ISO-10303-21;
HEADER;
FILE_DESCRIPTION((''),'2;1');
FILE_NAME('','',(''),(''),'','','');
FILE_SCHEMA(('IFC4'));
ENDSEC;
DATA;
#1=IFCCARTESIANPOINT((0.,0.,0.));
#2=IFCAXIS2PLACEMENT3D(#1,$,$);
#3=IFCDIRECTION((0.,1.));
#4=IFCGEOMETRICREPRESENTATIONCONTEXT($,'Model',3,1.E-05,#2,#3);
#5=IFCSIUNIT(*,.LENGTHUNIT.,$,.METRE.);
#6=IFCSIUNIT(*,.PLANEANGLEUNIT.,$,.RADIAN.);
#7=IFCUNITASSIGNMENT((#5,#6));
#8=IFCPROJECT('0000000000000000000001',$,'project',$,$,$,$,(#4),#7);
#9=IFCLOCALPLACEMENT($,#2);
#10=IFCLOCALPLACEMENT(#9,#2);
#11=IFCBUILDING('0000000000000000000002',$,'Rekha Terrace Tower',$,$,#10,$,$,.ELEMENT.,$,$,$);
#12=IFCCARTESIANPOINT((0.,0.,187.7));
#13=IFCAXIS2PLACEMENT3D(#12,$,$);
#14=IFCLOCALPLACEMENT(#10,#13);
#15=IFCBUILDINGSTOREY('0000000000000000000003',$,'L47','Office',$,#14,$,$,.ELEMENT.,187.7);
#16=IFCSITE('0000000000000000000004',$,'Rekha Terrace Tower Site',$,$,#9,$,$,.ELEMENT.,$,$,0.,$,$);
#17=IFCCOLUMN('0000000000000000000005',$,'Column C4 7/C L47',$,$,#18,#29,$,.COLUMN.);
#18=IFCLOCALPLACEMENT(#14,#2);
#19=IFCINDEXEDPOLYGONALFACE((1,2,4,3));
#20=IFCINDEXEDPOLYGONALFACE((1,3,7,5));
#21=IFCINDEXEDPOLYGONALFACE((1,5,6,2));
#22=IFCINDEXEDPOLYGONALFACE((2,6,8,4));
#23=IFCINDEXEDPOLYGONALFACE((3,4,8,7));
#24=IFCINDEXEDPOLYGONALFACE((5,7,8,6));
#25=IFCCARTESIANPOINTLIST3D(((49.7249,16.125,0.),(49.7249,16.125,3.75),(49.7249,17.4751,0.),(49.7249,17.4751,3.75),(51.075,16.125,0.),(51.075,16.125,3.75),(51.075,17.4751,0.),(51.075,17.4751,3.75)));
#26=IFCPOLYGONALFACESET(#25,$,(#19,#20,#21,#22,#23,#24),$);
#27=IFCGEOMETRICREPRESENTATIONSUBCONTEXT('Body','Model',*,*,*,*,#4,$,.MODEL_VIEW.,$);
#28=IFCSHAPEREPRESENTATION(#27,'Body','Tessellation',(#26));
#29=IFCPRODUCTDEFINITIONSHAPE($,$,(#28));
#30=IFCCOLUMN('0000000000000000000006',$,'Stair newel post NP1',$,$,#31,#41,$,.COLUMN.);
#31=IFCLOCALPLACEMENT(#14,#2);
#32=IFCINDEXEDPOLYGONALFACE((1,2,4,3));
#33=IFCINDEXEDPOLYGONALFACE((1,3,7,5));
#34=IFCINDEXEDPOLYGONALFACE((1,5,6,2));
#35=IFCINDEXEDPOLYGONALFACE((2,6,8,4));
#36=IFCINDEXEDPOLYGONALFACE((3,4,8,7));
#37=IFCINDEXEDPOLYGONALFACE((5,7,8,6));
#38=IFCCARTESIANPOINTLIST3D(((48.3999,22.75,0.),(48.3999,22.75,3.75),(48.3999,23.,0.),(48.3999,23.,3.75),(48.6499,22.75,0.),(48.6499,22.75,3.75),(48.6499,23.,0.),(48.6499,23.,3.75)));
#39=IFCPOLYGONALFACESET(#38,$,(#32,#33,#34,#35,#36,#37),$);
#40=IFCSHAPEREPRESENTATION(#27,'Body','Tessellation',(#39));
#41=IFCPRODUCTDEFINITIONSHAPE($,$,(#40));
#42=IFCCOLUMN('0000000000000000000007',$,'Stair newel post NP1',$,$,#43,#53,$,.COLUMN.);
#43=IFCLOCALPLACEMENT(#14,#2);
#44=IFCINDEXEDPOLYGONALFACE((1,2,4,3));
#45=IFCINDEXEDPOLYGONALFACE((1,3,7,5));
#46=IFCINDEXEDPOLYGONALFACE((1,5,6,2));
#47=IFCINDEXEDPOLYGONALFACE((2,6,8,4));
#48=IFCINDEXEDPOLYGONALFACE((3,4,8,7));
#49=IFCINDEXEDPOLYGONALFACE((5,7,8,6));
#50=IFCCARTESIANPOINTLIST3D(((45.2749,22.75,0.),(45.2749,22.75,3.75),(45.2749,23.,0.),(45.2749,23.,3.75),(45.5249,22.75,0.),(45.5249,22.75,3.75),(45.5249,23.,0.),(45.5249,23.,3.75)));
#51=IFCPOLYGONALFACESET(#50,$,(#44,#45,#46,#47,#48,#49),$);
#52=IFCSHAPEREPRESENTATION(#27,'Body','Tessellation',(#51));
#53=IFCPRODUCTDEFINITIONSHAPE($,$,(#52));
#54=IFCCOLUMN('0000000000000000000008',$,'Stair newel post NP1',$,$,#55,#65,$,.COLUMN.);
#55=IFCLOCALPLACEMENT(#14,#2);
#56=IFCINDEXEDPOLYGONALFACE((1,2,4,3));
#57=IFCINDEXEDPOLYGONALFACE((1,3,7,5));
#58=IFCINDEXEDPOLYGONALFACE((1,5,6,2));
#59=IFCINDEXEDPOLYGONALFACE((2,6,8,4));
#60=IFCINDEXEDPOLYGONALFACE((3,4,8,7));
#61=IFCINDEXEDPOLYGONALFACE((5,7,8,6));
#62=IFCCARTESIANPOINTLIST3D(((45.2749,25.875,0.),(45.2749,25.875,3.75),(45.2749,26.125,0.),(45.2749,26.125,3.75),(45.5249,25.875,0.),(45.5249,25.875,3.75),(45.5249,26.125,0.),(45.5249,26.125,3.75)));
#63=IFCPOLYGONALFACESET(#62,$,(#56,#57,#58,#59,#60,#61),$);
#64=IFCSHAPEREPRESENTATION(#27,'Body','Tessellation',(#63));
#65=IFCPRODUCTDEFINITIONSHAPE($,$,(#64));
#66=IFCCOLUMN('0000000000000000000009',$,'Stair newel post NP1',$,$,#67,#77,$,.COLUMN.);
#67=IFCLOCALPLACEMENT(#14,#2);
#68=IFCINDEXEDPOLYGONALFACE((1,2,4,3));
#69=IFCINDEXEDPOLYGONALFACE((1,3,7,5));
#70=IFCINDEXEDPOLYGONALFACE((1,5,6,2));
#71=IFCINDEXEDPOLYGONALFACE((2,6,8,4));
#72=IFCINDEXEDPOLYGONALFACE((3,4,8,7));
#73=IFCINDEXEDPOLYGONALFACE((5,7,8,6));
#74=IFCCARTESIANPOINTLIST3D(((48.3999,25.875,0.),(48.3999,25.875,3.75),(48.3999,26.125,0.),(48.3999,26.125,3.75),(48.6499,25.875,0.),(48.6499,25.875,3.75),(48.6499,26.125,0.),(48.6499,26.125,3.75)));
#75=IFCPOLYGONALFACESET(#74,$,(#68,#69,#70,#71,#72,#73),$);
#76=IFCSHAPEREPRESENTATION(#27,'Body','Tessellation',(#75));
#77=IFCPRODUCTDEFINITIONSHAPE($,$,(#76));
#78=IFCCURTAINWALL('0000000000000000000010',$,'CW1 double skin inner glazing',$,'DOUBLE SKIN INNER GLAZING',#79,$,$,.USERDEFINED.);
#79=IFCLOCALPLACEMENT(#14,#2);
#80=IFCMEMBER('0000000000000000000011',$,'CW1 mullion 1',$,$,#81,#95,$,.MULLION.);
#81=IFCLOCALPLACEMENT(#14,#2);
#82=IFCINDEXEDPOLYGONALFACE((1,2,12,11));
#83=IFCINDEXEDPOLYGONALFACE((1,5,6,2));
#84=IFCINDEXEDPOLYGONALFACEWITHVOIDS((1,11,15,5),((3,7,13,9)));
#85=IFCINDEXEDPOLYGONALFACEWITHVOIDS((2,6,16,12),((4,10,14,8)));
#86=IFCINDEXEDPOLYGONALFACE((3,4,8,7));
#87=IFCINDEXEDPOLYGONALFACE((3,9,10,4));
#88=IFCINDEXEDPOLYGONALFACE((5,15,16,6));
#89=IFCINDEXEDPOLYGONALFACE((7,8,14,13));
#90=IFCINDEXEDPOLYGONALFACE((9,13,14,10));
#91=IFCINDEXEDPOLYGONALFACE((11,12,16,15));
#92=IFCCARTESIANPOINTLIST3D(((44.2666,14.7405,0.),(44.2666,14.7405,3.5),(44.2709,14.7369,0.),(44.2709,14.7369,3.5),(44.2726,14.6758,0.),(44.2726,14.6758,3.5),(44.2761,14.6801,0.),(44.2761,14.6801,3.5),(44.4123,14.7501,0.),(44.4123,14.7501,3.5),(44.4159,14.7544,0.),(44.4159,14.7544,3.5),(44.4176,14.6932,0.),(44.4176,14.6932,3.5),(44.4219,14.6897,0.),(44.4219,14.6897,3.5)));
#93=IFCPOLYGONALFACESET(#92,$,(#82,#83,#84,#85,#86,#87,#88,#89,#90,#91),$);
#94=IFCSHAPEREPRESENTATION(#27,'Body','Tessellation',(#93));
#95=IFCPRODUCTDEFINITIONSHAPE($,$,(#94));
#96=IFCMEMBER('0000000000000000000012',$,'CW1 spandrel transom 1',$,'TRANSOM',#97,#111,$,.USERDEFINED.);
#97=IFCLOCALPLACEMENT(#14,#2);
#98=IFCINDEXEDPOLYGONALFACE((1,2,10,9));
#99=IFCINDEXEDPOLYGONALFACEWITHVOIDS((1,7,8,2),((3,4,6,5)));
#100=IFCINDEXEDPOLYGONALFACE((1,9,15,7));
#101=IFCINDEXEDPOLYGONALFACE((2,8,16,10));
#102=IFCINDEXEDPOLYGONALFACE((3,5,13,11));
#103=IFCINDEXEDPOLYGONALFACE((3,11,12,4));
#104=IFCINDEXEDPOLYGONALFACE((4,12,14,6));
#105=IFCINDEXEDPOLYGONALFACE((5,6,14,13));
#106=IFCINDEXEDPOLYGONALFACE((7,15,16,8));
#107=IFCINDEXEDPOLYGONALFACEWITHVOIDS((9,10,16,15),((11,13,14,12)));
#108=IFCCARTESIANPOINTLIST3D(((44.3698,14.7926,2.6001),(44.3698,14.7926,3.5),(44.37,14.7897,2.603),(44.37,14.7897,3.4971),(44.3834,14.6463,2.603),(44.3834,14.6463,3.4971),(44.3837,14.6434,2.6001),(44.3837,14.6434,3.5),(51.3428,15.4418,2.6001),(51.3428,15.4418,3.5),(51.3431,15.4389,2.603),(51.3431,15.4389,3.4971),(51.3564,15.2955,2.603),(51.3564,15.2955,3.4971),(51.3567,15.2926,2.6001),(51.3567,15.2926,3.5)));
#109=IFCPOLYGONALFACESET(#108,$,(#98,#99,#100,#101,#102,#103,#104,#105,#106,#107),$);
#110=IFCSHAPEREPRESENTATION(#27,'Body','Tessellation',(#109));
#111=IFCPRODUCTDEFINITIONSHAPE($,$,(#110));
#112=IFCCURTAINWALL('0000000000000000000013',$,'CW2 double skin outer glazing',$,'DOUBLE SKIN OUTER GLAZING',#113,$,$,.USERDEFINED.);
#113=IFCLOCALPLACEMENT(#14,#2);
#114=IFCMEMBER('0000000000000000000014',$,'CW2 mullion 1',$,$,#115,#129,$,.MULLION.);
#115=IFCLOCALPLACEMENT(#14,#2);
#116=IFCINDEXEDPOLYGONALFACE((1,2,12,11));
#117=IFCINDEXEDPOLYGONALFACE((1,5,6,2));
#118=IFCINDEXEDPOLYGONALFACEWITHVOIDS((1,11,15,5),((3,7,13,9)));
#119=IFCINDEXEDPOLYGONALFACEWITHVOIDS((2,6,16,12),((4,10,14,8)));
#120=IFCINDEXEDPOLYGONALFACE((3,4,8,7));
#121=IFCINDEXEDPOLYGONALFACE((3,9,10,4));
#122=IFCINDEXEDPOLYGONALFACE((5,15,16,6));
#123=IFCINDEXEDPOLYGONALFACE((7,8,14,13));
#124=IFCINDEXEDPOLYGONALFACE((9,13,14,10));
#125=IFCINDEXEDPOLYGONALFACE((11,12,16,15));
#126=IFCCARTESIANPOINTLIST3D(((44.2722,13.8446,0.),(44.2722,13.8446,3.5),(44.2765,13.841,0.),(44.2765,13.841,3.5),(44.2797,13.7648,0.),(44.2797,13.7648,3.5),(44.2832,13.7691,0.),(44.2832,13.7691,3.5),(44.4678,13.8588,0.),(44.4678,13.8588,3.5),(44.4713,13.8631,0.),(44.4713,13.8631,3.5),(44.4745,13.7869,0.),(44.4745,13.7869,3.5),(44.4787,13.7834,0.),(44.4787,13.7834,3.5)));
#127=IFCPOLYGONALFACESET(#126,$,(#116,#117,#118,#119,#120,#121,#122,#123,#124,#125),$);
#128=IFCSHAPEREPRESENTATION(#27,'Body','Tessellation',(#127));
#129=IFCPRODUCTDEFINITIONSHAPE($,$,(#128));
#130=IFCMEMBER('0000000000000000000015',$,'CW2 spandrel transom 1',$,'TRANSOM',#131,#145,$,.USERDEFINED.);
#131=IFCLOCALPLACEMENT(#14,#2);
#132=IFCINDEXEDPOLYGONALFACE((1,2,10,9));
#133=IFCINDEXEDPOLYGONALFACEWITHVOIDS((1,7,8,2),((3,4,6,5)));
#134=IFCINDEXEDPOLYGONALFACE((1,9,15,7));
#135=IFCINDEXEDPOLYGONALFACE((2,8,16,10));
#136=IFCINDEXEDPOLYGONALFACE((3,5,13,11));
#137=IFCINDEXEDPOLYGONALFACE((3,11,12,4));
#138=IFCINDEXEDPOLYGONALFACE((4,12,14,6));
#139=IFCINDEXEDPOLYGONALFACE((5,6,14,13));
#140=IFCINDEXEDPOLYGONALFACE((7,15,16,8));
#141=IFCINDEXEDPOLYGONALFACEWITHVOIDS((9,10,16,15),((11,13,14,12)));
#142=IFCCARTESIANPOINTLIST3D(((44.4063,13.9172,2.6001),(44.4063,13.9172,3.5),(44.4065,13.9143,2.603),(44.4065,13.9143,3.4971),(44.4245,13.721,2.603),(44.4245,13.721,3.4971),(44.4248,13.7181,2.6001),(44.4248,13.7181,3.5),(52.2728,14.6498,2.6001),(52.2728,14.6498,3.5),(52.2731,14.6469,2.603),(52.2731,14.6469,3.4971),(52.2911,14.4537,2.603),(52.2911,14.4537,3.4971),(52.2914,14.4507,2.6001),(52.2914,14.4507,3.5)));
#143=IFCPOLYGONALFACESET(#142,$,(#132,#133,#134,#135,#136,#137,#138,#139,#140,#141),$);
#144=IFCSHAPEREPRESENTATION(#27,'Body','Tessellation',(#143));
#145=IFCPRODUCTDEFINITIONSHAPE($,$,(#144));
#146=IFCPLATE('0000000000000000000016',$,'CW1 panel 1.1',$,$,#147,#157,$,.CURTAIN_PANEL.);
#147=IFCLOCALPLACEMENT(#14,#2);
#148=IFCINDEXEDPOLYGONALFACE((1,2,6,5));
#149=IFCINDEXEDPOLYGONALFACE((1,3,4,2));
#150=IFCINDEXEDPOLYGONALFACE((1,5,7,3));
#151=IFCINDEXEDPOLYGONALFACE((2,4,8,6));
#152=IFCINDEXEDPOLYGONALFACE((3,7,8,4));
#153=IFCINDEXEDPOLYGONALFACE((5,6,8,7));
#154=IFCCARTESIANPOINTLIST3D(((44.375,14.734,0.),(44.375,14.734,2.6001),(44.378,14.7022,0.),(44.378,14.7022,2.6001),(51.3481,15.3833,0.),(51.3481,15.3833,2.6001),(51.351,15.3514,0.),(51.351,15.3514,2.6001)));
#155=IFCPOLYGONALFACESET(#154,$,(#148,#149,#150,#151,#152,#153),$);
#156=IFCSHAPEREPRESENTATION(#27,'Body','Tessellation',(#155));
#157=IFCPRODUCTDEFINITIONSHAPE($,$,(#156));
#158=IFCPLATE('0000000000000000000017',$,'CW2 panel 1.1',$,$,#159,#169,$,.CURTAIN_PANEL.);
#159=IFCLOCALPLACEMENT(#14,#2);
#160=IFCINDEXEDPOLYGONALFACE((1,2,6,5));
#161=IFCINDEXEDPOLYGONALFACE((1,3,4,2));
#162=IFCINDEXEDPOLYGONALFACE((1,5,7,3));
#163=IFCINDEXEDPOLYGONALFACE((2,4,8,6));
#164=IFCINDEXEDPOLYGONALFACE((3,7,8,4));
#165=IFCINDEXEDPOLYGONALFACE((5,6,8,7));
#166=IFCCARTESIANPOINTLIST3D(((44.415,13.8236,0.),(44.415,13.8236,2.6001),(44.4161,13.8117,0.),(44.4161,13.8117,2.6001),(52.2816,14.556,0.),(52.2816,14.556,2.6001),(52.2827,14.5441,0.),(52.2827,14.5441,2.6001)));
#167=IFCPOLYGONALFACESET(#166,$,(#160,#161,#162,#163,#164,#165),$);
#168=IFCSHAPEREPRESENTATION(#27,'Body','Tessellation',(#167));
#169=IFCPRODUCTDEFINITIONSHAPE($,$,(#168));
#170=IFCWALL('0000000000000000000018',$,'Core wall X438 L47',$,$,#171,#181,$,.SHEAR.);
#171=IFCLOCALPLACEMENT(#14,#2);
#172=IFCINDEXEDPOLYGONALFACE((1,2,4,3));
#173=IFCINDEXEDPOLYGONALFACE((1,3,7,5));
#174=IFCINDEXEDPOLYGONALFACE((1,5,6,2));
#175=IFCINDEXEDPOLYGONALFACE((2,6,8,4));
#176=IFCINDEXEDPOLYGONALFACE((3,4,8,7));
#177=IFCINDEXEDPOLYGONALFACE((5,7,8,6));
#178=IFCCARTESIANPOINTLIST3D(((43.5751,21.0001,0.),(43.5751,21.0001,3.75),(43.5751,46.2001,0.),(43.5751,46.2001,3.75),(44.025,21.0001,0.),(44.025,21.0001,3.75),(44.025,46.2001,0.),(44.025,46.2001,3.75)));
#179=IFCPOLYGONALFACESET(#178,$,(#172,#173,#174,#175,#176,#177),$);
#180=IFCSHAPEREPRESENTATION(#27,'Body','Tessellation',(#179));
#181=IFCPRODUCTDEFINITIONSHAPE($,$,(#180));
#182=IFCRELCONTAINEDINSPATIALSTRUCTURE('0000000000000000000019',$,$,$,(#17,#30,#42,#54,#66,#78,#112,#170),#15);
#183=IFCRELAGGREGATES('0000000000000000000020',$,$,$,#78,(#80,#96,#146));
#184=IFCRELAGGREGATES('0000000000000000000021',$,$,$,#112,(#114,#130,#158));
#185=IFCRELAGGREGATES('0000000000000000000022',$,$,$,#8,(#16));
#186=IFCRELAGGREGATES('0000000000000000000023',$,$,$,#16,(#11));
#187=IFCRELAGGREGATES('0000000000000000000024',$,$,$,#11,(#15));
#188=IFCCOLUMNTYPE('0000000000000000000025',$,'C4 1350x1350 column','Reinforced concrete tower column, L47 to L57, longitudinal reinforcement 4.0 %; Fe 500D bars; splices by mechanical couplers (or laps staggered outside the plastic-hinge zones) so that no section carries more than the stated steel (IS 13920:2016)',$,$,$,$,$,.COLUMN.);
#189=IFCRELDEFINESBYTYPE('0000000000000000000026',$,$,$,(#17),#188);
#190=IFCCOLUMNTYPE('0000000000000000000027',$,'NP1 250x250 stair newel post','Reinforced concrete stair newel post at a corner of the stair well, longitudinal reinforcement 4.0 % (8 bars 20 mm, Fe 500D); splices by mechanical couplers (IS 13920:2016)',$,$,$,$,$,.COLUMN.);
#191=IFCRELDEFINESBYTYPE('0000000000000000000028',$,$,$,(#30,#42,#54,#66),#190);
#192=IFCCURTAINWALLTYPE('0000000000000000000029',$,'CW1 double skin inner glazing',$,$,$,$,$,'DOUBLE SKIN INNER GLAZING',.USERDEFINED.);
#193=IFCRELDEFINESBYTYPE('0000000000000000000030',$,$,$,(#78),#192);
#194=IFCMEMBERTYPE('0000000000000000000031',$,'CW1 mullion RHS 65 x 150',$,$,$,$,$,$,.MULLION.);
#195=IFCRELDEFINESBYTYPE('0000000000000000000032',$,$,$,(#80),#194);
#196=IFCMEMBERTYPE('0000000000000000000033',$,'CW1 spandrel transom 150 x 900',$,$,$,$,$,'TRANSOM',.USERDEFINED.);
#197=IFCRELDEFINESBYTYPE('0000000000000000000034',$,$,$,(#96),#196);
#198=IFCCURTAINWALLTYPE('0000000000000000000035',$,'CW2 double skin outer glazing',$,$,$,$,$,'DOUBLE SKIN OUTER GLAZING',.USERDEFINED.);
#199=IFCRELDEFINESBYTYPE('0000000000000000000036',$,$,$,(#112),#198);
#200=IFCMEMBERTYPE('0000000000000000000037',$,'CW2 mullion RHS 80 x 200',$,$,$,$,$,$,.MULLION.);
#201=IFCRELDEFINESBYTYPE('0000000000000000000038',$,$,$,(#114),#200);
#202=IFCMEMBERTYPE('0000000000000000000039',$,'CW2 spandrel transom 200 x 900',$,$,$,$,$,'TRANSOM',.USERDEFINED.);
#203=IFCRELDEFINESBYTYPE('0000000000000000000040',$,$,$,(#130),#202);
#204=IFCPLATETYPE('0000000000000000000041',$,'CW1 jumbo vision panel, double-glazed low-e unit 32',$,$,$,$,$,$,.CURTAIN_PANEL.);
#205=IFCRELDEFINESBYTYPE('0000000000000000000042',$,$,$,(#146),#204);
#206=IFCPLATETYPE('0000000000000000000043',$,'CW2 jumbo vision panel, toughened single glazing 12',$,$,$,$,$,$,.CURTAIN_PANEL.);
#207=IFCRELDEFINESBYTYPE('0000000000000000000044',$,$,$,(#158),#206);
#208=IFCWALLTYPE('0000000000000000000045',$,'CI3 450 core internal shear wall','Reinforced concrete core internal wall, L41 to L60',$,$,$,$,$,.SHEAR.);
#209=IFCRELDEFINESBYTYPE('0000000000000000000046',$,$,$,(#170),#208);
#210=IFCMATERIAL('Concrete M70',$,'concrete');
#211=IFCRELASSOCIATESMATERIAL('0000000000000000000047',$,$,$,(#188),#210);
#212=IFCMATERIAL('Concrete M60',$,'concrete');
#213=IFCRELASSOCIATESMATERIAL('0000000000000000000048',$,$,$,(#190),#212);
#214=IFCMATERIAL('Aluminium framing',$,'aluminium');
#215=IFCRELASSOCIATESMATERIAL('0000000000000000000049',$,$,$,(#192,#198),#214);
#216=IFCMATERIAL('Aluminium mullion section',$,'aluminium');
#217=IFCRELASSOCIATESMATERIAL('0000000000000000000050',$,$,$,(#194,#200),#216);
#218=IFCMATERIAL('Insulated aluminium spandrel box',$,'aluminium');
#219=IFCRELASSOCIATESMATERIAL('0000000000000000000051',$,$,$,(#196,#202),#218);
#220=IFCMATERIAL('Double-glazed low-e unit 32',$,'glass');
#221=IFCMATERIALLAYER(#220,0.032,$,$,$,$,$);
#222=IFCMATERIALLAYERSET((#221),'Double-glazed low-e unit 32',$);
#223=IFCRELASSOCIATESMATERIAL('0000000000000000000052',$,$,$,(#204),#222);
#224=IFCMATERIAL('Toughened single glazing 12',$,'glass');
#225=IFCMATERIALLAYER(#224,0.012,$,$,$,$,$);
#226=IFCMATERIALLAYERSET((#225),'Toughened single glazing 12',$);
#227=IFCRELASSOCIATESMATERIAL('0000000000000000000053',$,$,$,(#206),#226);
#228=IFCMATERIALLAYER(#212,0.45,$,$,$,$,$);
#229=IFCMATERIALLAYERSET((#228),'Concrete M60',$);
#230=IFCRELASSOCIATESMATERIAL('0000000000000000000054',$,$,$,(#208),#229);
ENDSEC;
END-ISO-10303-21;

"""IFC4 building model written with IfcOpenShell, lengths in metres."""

from ifc_helpers import new_model, si_unit, direction, frame, frame_2d, origin, origin_2d, place, context, subcontext, project, spatial, rectangle, hollow_rectangle, extrude, material, layer, layer_set, material_profile, profile_set, type_object, element, aggregate, save


model = new_model("IFC4")

# Units and contexts
model_context = context("Model", 3, precision=1e-05, world=origin(), true_north=direction((0.0, 1.0)))
body_context = subcontext(model_context, "Body", "Model", "MODEL_VIEW")
ifc_project = project(units=[si_unit("LENGTHUNIT", "METRE"), si_unit("PLANEANGLEUNIT", "RADIAN")], contexts=[model_context])

# Site, building, storey
site_placement = place(None, origin())
site = spatial("IfcSite", under=ifc_project, at=site_placement, Name="Rekha Terrace Tower Site", CompositionType="ELEMENT", RefElevation=0.0)
building_placement = place(site_placement, origin())
building = spatial("IfcBuilding", under=site, at=building_placement, Name="Rekha Terrace Tower", CompositionType="ELEMENT")
storey_placement = place(building_placement, frame((0.0, 0.0, 187.7)))
storey = spatial("IfcBuildingStorey", under=building, at=storey_placement, Name="L47", Description="Office", CompositionType="ELEMENT", Elevation=187.7)

# Columns
ifc_material_1 = material(Name="Concrete M70", Category="concrete")
ifc_material_profile_1 = material_profile(ifc_material_1, rectangle(XDim=1.3501, YDim=1.3501, at=origin_2d()), Name="RC 1350x1350")
ifc_profile_set_1 = profile_set([ifc_material_profile_1], Name="Concrete M70")
column_type_1 = type_object("IfcColumnType", Name="C4 1350x1350 column", Description="Reinforced concrete tower column, L47 to L57, longitudinal reinforcement 4.0 %; Fe 500D bars; splices by mechanical couplers (or laps staggered outside the plastic-hinge zones) so that no section carries more than the stated steel (IS 13920:2016)", PredefinedType="COLUMN", material=ifc_profile_set_1)
column_placement = place(storey_placement, frame((50.3999, 16.8, 0.0), z_axis=(0.0, 0.0, 1.0), x_axis=(1.0, 0.0, 0.0)))
element("IfcColumn", 1, at=column_placement, inside=storey, type_object=column_type_1, Name="Column C4 7/C L47", PredefinedType="COLUMN", context=body_context, shape_type="SweptSolid", body=[
    extrude(rectangle(XDim=1.3501, YDim=1.3501, at=origin_2d()), origin(), (0.0, 0.0, 1.0), 3.75),
])
ifc_material_2 = material(Name="Concrete M60", Category="concrete")
ifc_material_profile_2 = material_profile(ifc_material_2, rectangle(XDim=0.25, YDim=0.25, at=origin_2d()), Name="RC 250x250")
ifc_profile_set_2 = profile_set([ifc_material_profile_2], Name="Concrete M60")
column_type_2 = type_object("IfcColumnType", Name="NP1 250x250 stair newel post", Description="Reinforced concrete stair newel post at a corner of the stair well, longitudinal reinforcement 4.0 % (8 bars 20 mm, Fe 500D); splices by mechanical couplers (IS 13920:2016)", PredefinedType="COLUMN", material=ifc_profile_set_2)
for number, where, z_axis, x_axis, name in (
    (2, (48.5249, 22.875, 0.0), (0.0, 0.0, 1.0), (1.0, 0.0, 0.0), "Stair newel post NP1"),
    (3, (45.3999, 22.875, 0.0), (0.0, 0.0, 1.0), (1.0, 0.0, 0.0), "Stair newel post NP1"),
    (4, (45.3999, 26.0, 0.0), (0.0, 0.0, 1.0), (1.0, 0.0, 0.0), "Stair newel post NP1"),
    (5, (48.5249, 26.0, 0.0), (0.0, 0.0, 1.0), (1.0, 0.0, 0.0), "Stair newel post NP1"),
):
    element("IfcColumn", number, at=place(storey_placement, frame(where, z_axis=z_axis, x_axis=x_axis)), inside=storey, type_object=column_type_2, Name=name, PredefinedType="COLUMN", context=body_context, shape_type="SweptSolid", body=[
        extrude(rectangle(XDim=0.25, YDim=0.25, at=origin_2d()), origin(), (0.0, 0.0, 1.0), 3.75),
    ])

# Curtain walls, members
ifc_material_3 = material(Name="Aluminium framing", Category="aluminium")
curtain_wall_type_1 = type_object("IfcCurtainWallType", Name="CW1 double skin inner glazing", ElementType="DOUBLE SKIN INNER GLAZING", PredefinedType="USERDEFINED", material=ifc_material_3)
curtain_wall_1_placement = place(storey_placement, origin())
curtain_wall_1 = element("IfcCurtainWall", 6, at=curtain_wall_1_placement, inside=storey, type_object=curtain_wall_type_1, Name="CW1 double skin inner glazing", ObjectType="DOUBLE SKIN INNER GLAZING", PredefinedType="USERDEFINED")
ifc_material_4 = material(Name="Aluminium mullion section", Category="aluminium")
ifc_material_profile_3 = material_profile(ifc_material_4, hollow_rectangle(XDim=0.0649, YDim=0.1499, WallThickness=0.0039, at=origin_2d()), Name="AL RHS 65x150")
ifc_profile_set_3 = profile_set([ifc_material_profile_3], Name="Aluminium mullion section")
member_type_1 = type_object("IfcMemberType", Name="CW1 mullion RHS 65 x 150", PredefinedType="MULLION", material=ifc_profile_set_3)
member_1_placement = place(storey_placement, frame((44.3442, 14.7151, 0.0), z_axis=(0.0, 0.0, 1.0), x_axis=(-0.092709, 0.995693, 0.0)))
member_1 = element("IfcMember", 7, at=member_1_placement, type_object=member_type_1, Name="CW1 mullion 1", PredefinedType="MULLION", context=body_context, shape_type="SweptSolid", body=[
    extrude(hollow_rectangle(XDim=0.0649, YDim=0.1499, WallThickness=0.0039, at=origin_2d()), origin(), (0.0, 0.0, 1.0), 3.5),
])
ifc_material_5 = material(Name="Insulated aluminium spandrel box", Category="aluminium")
ifc_material_profile_4 = material_profile(ifc_material_5, hollow_rectangle(XDim=0.1499, YDim=0.8999, WallThickness=0.0029, at=origin_2d()), Name="AL SPANDREL BOX 150x900")
ifc_profile_set_4 = profile_set([ifc_material_profile_4], Name="Insulated aluminium spandrel box")
member_type_2 = type_object("IfcMemberType", Name="CW1 spandrel transom 150 x 900", ElementType="TRANSOM", PredefinedType="USERDEFINED", material=ifc_profile_set_4)
member_2_placement = place(storey_placement, frame((44.3767, 14.718, 3.05), z_axis=(0.995694, 0.092698, 0.0), x_axis=(-0.092698, 0.995694, 0.0)))
member_2 = element("IfcMember", 8, at=member_2_placement, type_object=member_type_2, Name="CW1 spandrel transom 1", ObjectType="TRANSOM", PredefinedType="USERDEFINED", context=body_context, shape_type="SweptSolid", body=[
    extrude(hollow_rectangle(XDim=0.1499, YDim=0.8999, WallThickness=0.0029, at=origin_2d()), origin(), (0.0, 0.0, 1.0), 7.0032),
])
curtain_wall_type_2 = type_object("IfcCurtainWallType", Name="CW2 double skin outer glazing", ElementType="DOUBLE SKIN OUTER GLAZING", PredefinedType="USERDEFINED", material=ifc_material_3)
curtain_wall_2_placement = place(storey_placement, origin())
curtain_wall_2 = element("IfcCurtainWall", 9, at=curtain_wall_2_placement, inside=storey, type_object=curtain_wall_type_2, Name="CW2 double skin outer glazing", ObjectType="DOUBLE SKIN OUTER GLAZING", PredefinedType="USERDEFINED")
ifc_material_profile_5 = material_profile(ifc_material_4, hollow_rectangle(XDim=0.0801, YDim=0.2, WallThickness=0.0039, at=origin_2d()), Name="AL RHS 80x200")
ifc_profile_set_5 = profile_set([ifc_material_profile_5], Name="Aluminium mullion section")
member_type_3 = type_object("IfcMemberType", Name="CW2 mullion RHS 80 x 200", PredefinedType="MULLION", material=ifc_profile_set_5)
member_3_placement = place(storey_placement, frame((44.3755, 13.814, 0.0), z_axis=(0.0, 0.0, 1.0), x_axis=(-0.092709, 0.995693, 0.0)))
member_3 = element("IfcMember", 10, at=member_3_placement, type_object=member_type_3, Name="CW2 mullion 1", PredefinedType="MULLION", context=body_context, shape_type="SweptSolid", body=[
    extrude(hollow_rectangle(XDim=0.0801, YDim=0.2, WallThickness=0.0039, at=origin_2d()), origin(), (0.0, 0.0, 1.0), 3.5),
])
ifc_material_profile_6 = material_profile(ifc_material_5, hollow_rectangle(XDim=0.2, YDim=0.8999, WallThickness=0.0029, at=origin_2d()), Name="AL SPANDREL BOX 200x900")
ifc_profile_set_6 = profile_set([ifc_material_profile_6], Name="Insulated aluminium spandrel box")
member_type_4 = type_object("IfcMemberType", Name="CW2 spandrel transom 200 x 900", ElementType="TRANSOM", PredefinedType="USERDEFINED", material=ifc_profile_set_6)
member_4_placement = place(storey_placement, frame((44.4155, 13.8176, 3.05), z_axis=(0.995691, 0.092734, 0.0), x_axis=(-0.092734, 0.995691, 0.0)))
member_4 = element("IfcMember", 11, at=member_4_placement, type_object=member_type_4, Name="CW2 spandrel transom 1", ObjectType="TRANSOM", PredefinedType="USERDEFINED", context=body_context, shape_type="SweptSolid", body=[
    extrude(hollow_rectangle(XDim=0.2, YDim=0.8999, WallThickness=0.0029, at=origin_2d()), origin(), (0.0, 0.0, 1.0), 7.9006),
])

# Plates
ifc_material_6 = material(Name="Double-glazed low-e unit 32", Category="glass")
ifc_layer_1 = layer(ifc_material_6, 0.032)
ifc_layer_set_1 = layer_set([ifc_layer_1], Name="Double-glazed low-e unit 32")
plate_type_1 = type_object("IfcPlateType", Name="CW1 jumbo vision panel, double-glazed low-e unit 32", PredefinedType="CURTAIN_PANEL", material=ifc_layer_set_1)
plate_1_placement = place(storey_placement, frame((47.863, 15.0427, 0.0), z_axis=(0.0, 0.0, 1.0), x_axis=(0.995693, 0.092709, 0.0)))
plate_1 = element("IfcPlate", 12, at=plate_1_placement, type_object=plate_type_1, Name="CW1 panel 1.1", PredefinedType="CURTAIN_PANEL", context=body_context, shape_type="SweptSolid", body=[
    extrude(rectangle(XDim=7.0032, YDim=0.032, at=origin_2d()), origin(), (0.0, 0.0, 1.0), 2.6001),
])
aggregate(curtain_wall_1, [member_1, member_2, plate_1])
ifc_material_7 = material(Name="Toughened single glazing 12", Category="glass")
ifc_layer_2 = layer(ifc_material_7, 0.012)
ifc_layer_set_2 = layer_set([ifc_layer_2], Name="Toughened single glazing 12")
plate_type_2 = type_object("IfcPlateType", Name="CW2 jumbo vision panel, toughened single glazing 12", PredefinedType="CURTAIN_PANEL", material=ifc_layer_set_2)
plate_2_placement = place(storey_placement, frame((48.3489, 14.1838, 0.0), z_axis=(0.0, 0.0, 1.0), x_axis=(0.995693, 0.092709, 0.0)))
plate_2 = element("IfcPlate", 13, at=plate_2_placement, type_object=plate_type_2, Name="CW2 panel 1.1", PredefinedType="CURTAIN_PANEL", context=body_context, shape_type="SweptSolid", body=[
    extrude(rectangle(XDim=7.9006, YDim=0.012, at=origin_2d()), origin(), (0.0, 0.0, 1.0), 2.6001),
])
aggregate(curtain_wall_2, [member_3, member_4, plate_2])

# Wall
ifc_layer_3 = layer(ifc_material_2, 0.45)
ifc_layer_set_3 = layer_set([ifc_layer_3], Name="Concrete M60")
wall_type_1 = type_object("IfcWallType", Name="CI3 450 core internal shear wall", Description="Reinforced concrete core internal wall, L41 to L60", PredefinedType="SHEAR", material=ifc_layer_set_3)
wall_1_placement = place(storey_placement, frame((43.8, 21.0, 0.0), z_axis=(0.0, 0.0, 1.0), x_axis=(0.0, 1.0, 0.0)))
element("IfcWall", 14, at=wall_1_placement, inside=storey, type_object=wall_type_1, Name="Core wall X438 L47", PredefinedType="SHEAR", context=body_context, shape_type="SweptSolid", body=[
    extrude(rectangle(XDim=25.2, YDim=0.45, at=frame_2d((12.6001, 0.0))), origin(), (0.0, 0.0, 1.0), 3.75),
])

save(model, "model.ifc")
